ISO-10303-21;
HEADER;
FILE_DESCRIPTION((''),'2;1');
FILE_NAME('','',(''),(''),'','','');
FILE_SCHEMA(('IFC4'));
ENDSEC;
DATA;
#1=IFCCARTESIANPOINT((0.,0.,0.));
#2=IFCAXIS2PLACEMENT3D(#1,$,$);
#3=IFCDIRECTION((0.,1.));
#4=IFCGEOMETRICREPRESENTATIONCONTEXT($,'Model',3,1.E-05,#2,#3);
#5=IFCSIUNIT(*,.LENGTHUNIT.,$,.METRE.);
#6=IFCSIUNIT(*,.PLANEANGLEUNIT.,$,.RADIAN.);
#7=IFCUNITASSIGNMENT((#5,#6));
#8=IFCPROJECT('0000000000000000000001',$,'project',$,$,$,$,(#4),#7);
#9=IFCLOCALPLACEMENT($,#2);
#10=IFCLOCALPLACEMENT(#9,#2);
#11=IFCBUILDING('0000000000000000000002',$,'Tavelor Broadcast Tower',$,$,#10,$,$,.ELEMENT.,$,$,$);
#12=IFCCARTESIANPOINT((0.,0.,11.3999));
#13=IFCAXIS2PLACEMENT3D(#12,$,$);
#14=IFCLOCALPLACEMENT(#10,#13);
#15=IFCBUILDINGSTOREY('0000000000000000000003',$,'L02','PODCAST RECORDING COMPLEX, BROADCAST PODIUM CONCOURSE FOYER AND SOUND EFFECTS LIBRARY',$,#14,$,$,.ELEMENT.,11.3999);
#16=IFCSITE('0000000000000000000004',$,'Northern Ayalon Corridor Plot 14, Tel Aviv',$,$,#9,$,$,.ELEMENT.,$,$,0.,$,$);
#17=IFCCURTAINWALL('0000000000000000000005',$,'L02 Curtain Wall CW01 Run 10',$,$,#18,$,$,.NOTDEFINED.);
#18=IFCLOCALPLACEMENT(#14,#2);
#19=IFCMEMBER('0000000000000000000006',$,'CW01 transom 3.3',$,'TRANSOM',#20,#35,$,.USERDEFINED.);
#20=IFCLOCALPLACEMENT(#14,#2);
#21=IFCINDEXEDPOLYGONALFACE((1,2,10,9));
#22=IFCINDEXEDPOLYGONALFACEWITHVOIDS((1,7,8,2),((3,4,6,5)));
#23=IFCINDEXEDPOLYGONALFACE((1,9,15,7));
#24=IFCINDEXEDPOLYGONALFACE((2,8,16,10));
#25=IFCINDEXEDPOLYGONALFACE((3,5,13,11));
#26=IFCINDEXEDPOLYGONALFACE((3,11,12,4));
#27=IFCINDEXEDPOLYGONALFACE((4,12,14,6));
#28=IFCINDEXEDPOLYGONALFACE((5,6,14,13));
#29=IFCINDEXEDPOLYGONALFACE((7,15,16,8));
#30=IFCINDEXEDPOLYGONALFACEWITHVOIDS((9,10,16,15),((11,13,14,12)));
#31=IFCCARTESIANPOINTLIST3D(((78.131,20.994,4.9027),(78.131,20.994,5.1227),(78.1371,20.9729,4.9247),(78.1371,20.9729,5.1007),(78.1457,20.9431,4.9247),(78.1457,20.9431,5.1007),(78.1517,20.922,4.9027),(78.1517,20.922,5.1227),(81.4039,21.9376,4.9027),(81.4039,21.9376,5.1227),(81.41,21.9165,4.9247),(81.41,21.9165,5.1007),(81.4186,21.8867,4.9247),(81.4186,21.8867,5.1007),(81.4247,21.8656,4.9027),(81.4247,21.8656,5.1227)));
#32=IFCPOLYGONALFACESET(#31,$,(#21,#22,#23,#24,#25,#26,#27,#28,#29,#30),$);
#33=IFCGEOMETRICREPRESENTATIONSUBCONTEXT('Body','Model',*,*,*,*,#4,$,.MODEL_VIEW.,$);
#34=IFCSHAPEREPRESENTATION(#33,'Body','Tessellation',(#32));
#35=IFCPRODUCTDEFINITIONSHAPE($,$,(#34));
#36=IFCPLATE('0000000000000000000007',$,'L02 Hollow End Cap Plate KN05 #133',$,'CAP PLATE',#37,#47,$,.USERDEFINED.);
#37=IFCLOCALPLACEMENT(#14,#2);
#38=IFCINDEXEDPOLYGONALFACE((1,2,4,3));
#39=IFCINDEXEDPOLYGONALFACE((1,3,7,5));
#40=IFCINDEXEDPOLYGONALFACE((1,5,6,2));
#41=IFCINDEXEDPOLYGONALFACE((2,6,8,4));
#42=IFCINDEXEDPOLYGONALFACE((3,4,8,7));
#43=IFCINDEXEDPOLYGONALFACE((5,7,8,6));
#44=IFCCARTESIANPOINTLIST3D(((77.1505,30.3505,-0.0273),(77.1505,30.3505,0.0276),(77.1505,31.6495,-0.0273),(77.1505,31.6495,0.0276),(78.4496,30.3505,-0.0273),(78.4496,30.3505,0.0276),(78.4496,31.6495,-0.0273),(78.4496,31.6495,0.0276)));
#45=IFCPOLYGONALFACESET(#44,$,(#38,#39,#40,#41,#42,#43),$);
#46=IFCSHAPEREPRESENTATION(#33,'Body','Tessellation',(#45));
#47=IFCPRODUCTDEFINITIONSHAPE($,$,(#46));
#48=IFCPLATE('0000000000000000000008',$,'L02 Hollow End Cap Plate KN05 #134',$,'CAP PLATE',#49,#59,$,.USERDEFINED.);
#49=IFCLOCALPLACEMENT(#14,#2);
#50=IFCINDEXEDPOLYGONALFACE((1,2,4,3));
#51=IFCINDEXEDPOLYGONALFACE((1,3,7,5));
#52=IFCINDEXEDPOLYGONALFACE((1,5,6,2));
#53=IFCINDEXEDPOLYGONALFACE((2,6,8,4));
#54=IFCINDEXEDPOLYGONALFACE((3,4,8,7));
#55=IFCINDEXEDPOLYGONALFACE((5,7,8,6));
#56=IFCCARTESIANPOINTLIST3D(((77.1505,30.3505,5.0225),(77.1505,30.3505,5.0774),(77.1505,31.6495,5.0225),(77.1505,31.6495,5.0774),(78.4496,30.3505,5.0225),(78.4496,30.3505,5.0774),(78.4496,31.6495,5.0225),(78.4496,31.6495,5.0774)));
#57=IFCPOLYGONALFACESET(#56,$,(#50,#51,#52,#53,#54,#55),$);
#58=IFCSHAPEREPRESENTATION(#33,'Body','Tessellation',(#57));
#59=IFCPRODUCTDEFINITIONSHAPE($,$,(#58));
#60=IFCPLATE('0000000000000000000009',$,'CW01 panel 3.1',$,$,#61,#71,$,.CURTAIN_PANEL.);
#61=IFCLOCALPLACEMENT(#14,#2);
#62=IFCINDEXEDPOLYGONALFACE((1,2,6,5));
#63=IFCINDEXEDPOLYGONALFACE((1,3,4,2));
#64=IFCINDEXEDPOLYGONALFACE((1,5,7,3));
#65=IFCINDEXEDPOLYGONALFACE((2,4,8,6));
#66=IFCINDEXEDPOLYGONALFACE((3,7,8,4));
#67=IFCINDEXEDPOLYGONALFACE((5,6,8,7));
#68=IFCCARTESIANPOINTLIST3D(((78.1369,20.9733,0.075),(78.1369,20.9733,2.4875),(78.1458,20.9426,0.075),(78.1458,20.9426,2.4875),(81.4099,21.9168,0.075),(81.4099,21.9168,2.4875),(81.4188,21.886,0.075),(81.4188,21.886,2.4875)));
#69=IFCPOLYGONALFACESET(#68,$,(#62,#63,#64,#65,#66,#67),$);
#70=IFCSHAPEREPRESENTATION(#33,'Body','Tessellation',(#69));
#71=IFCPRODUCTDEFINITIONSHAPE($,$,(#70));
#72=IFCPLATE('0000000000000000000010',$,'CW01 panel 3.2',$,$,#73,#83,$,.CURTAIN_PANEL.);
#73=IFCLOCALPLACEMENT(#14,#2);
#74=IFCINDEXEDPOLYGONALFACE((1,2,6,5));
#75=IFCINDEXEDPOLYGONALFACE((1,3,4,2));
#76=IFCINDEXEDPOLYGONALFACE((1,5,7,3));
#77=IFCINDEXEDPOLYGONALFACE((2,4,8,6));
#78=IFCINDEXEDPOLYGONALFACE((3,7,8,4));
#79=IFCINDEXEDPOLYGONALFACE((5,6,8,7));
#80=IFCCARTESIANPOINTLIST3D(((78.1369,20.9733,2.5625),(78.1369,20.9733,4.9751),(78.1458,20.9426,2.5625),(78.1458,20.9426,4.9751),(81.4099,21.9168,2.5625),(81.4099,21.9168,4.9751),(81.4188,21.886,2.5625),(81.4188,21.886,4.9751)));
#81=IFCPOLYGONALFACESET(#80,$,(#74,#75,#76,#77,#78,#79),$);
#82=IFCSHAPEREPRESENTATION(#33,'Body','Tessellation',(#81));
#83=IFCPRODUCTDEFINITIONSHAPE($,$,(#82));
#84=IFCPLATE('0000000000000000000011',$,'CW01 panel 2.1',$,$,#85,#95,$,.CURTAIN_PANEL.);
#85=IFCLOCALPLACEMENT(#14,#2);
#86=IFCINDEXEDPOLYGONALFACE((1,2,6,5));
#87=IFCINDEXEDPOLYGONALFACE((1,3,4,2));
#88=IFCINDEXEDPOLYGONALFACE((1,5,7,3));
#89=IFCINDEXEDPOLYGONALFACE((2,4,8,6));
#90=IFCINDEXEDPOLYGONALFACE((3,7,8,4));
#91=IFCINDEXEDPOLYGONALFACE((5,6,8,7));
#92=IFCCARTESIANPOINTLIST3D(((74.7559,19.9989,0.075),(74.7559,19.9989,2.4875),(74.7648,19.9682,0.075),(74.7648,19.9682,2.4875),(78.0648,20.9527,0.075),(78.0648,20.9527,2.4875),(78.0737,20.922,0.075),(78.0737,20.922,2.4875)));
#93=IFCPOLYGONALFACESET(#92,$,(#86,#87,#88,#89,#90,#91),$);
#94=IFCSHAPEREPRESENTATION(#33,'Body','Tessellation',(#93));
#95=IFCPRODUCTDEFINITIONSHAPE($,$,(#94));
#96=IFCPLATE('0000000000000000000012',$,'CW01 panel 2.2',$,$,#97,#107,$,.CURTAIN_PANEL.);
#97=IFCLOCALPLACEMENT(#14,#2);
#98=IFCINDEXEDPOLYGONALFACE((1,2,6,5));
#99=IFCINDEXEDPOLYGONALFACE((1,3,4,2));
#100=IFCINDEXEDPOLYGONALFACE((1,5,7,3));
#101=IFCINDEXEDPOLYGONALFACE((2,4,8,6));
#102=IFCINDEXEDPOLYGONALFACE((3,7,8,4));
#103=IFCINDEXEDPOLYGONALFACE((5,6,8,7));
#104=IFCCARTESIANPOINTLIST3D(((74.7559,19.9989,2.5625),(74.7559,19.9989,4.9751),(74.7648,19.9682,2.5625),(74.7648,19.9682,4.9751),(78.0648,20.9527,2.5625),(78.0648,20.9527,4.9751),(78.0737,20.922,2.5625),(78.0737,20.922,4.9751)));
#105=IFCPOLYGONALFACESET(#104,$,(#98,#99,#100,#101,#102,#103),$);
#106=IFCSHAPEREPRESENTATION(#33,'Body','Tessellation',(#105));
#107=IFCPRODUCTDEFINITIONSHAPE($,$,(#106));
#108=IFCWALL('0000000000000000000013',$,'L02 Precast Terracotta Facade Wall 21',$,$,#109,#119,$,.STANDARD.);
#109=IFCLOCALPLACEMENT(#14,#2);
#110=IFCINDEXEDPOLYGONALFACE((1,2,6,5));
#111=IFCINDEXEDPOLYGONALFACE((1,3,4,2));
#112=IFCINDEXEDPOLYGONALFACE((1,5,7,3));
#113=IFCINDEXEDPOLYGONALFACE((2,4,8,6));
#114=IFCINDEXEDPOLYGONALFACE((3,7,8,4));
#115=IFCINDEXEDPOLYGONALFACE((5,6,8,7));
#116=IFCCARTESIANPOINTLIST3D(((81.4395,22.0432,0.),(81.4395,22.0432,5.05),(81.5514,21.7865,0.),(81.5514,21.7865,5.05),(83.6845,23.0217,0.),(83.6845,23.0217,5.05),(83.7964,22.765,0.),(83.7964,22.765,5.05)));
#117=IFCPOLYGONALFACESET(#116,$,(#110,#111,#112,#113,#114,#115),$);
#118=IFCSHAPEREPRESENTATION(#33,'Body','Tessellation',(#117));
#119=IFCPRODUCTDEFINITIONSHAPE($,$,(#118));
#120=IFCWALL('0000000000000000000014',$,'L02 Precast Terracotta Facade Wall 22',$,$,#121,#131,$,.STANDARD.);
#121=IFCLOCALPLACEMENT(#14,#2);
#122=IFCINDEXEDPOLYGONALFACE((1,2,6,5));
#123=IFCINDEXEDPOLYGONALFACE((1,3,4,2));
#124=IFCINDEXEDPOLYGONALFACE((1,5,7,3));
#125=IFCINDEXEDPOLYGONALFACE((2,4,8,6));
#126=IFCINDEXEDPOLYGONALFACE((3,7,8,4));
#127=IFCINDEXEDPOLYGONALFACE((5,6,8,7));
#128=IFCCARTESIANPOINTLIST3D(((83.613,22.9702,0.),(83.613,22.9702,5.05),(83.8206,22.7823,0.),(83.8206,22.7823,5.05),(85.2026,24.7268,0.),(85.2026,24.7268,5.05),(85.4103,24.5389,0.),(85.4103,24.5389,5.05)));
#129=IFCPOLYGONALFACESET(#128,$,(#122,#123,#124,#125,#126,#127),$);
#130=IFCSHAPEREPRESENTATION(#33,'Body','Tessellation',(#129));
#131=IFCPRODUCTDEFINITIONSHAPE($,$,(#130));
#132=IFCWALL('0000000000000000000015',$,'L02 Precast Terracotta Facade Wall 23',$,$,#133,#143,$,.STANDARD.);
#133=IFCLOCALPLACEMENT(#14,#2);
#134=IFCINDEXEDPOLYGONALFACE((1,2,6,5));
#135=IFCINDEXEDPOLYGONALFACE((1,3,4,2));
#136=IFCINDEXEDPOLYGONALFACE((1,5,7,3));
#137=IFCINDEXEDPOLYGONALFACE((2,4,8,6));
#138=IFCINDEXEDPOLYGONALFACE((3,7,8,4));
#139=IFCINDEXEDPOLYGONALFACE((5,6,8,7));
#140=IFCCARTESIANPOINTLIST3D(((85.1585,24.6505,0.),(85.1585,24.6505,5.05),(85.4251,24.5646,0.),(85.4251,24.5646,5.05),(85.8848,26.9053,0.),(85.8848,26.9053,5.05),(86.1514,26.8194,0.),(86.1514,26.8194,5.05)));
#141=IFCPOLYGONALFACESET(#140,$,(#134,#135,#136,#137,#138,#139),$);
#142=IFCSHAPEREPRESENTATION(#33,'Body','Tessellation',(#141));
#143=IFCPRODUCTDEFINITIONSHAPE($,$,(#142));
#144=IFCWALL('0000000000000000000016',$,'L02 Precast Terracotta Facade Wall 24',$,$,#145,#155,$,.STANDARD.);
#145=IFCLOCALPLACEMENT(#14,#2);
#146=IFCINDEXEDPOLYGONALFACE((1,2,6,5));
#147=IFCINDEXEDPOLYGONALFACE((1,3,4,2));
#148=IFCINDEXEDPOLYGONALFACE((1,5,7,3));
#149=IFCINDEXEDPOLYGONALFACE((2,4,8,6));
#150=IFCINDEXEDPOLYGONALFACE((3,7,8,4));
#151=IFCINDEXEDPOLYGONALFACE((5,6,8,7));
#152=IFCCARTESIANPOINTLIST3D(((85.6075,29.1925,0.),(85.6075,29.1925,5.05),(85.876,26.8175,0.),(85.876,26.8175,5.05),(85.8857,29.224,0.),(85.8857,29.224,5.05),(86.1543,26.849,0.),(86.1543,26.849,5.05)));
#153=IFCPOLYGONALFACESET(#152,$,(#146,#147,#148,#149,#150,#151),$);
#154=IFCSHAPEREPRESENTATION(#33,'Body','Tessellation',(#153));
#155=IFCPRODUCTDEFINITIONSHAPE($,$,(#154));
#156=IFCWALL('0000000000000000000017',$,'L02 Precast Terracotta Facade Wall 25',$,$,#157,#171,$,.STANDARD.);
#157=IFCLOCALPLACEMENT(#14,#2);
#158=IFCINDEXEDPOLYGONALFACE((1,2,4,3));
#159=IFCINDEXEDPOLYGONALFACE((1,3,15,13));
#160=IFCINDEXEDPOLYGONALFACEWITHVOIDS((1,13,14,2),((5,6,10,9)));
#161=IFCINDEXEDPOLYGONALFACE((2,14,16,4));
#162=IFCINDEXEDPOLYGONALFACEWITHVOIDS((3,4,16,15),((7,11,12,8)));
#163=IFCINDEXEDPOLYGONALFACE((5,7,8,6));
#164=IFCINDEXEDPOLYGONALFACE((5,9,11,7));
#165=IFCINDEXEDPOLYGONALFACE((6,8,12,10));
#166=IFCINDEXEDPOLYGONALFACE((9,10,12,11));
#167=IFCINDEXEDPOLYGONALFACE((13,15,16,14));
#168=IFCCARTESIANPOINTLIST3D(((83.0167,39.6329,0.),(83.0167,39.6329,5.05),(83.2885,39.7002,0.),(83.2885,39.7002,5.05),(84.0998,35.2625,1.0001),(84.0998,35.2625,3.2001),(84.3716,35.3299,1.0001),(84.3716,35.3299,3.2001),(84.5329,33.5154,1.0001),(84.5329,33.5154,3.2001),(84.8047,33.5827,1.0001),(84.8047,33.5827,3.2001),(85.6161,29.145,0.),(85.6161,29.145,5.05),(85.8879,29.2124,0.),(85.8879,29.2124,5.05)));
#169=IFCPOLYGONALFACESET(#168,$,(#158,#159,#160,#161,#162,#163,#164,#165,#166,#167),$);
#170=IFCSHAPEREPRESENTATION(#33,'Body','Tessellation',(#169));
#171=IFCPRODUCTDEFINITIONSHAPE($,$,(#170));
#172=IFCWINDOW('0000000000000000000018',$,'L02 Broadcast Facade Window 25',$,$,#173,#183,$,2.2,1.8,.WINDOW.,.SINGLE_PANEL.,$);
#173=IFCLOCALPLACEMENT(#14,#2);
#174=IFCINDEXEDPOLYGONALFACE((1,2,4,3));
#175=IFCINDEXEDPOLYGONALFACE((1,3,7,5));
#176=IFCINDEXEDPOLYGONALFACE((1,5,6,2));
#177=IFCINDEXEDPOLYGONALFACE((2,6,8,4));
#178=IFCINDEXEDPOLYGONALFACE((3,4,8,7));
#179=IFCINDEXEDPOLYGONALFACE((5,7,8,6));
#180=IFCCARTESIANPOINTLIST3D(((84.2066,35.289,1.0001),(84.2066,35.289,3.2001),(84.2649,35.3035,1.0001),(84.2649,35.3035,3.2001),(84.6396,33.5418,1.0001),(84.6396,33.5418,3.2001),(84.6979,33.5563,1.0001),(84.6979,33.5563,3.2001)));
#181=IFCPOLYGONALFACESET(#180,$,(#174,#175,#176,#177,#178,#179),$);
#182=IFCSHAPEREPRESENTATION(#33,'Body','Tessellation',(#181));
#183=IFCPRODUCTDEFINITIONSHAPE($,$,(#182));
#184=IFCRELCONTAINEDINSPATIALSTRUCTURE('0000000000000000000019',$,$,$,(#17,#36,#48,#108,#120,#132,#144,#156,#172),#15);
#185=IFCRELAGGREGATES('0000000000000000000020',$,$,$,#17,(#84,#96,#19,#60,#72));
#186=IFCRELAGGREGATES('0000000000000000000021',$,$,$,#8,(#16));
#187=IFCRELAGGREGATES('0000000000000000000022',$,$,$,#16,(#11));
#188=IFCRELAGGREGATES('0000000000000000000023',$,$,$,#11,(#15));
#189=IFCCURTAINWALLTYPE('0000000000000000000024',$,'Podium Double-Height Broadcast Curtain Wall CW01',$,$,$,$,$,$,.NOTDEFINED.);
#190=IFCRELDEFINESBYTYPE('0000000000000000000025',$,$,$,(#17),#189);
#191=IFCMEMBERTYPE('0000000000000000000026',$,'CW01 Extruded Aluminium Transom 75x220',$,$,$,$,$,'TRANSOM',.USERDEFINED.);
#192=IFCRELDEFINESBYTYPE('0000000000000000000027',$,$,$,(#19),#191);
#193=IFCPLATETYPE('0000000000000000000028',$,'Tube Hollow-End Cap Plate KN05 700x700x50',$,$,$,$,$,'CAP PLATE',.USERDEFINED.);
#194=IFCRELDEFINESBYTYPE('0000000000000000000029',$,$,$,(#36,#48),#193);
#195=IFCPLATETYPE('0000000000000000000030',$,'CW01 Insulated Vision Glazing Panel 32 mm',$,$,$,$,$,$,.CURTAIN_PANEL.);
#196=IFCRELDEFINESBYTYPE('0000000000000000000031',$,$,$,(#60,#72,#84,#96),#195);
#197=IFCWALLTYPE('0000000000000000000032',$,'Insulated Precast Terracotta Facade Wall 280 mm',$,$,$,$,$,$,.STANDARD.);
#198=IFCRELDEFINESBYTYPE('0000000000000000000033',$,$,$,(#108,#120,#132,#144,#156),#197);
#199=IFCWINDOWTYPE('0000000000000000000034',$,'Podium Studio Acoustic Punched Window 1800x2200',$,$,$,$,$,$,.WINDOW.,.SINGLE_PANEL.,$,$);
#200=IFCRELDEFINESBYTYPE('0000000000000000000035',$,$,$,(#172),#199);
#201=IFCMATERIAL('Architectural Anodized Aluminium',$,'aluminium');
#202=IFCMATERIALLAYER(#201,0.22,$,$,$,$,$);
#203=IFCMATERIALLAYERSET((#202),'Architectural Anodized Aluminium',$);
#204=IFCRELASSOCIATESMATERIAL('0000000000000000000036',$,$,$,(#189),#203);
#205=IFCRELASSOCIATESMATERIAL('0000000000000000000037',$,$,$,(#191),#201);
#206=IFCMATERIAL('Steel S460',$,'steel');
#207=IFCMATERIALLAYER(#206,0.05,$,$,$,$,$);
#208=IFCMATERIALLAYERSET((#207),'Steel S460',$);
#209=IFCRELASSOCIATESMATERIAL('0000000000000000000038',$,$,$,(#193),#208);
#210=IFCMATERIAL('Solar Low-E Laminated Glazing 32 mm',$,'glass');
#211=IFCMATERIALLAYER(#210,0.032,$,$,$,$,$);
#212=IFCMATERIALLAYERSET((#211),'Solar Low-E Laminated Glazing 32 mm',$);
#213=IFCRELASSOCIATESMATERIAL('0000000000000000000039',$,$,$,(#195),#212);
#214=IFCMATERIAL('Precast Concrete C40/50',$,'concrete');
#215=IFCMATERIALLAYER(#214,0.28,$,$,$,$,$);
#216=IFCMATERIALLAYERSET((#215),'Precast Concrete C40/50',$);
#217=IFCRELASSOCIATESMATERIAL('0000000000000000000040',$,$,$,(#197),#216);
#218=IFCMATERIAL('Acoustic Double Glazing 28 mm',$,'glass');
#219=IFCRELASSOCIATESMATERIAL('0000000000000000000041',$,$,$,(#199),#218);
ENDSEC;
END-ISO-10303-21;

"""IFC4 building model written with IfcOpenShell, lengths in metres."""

from ifc_helpers import new_model, si_unit, direction, frame, frame_2d, origin, origin_2d, place, context, subcontext, project, spatial, rectangle, hollow_rectangle, extrude, source, transform, mapped, material, layer, layer_set, material_profile, profile_set, type_object, type_shapes, element, fill, aggregate, save


model = new_model("IFC4")

# Units and contexts
model_context = context("Model", 3, precision=1e-05, world=origin(), true_north=direction((0.0, 1.0)))
body_context = subcontext(model_context, "Body", "Model", "MODEL_VIEW")
ifc_project = project(units=[si_unit("LENGTHUNIT", "METRE"), si_unit("PLANEANGLEUNIT", "RADIAN")], contexts=[model_context])

# Site, building, storey
site_placement = place(None, origin())
site = spatial("IfcSite", under=ifc_project, at=site_placement, Name="Northern Ayalon Corridor Plot 14, Tel Aviv", CompositionType="ELEMENT", RefElevation=0.0)
building_placement = place(site_placement, origin())
building = spatial("IfcBuilding", under=site, at=building_placement, Name="Tavelor Broadcast Tower", CompositionType="ELEMENT")
storey_placement = place(building_placement, frame((0.0, 0.0, 11.3999)))
storey = spatial("IfcBuildingStorey", under=building, at=storey_placement, Name="L02", Description="PODCAST RECORDING COMPLEX, BROADCAST PODIUM CONCOURSE FOYER AND SOUND EFFECTS LIBRARY", CompositionType="ELEMENT", Elevation=11.3999)

# Shared definitions
ifc_material_1 = material(Name="Steel S460", Category="steel")

# Curtain wall, member
ifc_material_2 = material(Name="Architectural Anodized Aluminium", Category="aluminium")
ifc_layer_1 = layer(ifc_material_2, 0.22)
ifc_layer_set_1 = layer_set([ifc_layer_1], Name="Architectural Anodized Aluminium")
curtain_wall_type = type_object("IfcCurtainWallType", Name="Podium Double-Height Broadcast Curtain Wall CW01", PredefinedType="NOTDEFINED", material=ifc_layer_set_1)
curtain_wall_placement = place(storey_placement, origin())
curtain_wall = element("IfcCurtainWall", 1, at=curtain_wall_placement, inside=storey, type_object=curtain_wall_type, Name="L02 Curtain Wall CW01 Run 10", PredefinedType="NOTDEFINED")
ifc_material_profile_1 = material_profile(ifc_material_2, hollow_rectangle(XDim=0.075, YDim=0.22, WallThickness=0.022, at=origin_2d()), Name="RHS 75x220x22")
ifc_profile_set_1 = profile_set([ifc_material_profile_1], Name="Architectural Anodized Aluminium")
member_type_1 = type_object("IfcMemberType", Name="CW01 Extruded Aluminium Transom 75x220", ElementType="TRANSOM", PredefinedType="USERDEFINED", material=ifc_profile_set_1)
shared_shape_1 = source(origin(), body_context, "Body", "SweptSolid", [
    extrude(hollow_rectangle(XDim=0.075, YDim=0.22, WallThickness=0.022, at=origin_2d()), origin(), (0.0, 0.0, 1.0), 3.4062),
])
type_shapes(member_type_1, [shared_shape_1])
member_1_placement = place(storey_placement, frame((78.1414, 20.958, 5.0127), z_axis=(0.960864, 0.277021, 0.0), x_axis=(-0.277021, 0.960864, 0.0)))
member_1 = element("IfcMember", 2, at=member_1_placement, type_object=member_type_1, Name="CW01 transom 3.3", ObjectType="TRANSOM", PredefinedType="USERDEFINED", context=body_context, shape_type="MappedRepresentation", body=[
    mapped(shared_shape_1, transform((0.0, 0.0, 0.0), scale=1.0)),
])

# Plates
ifc_layer_2 = layer(ifc_material_1, 0.05)
ifc_layer_set_2 = layer_set([ifc_layer_2], Name="Steel S460")
plate_type_1 = type_object("IfcPlateType", Name="Tube Hollow-End Cap Plate KN05 700x700x50", ElementType="CAP PLATE", PredefinedType="USERDEFINED", material=ifc_layer_set_2)
shared_shape_2 = source(origin(), body_context, "Body", "SweptSolid", [
    extrude(rectangle(XDim=1.2991, YDim=1.2991, at=origin_2d()), origin(), (0.0, 0.0, 1.0), 0.0549),
])
type_shapes(plate_type_1, [shared_shape_2])
for number, where, z_axis, x_axis, name in (
    (3, (77.8, 31.0, -0.0273), (0.0, 0.0, 1.0), (1.0, 0.0, 0.0), "L02 Hollow End Cap Plate KN05 #133"),
    (4, (77.8, 31.0, 5.0225), (0.0, 0.0, 1.0), (1.0, 0.0, 0.0), "L02 Hollow End Cap Plate KN05 #134"),
):
    element("IfcPlate", number, at=place(storey_placement, frame(where, z_axis=z_axis, x_axis=x_axis)), inside=storey, type_object=plate_type_1, Name=name, ObjectType="CAP PLATE", PredefinedType="USERDEFINED", context=body_context, shape_type="MappedRepresentation", body=[
        mapped(shared_shape_2, transform((0.0, 0.0, 0.0), scale=1.0)),
    ])

# Plates
ifc_material_3 = material(Name="Solar Low-E Laminated Glazing 32 mm", Category="glass")
ifc_layer_3 = layer(ifc_material_3, 0.032)
ifc_layer_set_3 = layer_set([ifc_layer_3], Name="Solar Low-E Laminated Glazing 32 mm")
plate_type_2 = type_object("IfcPlateType", Name="CW01 Insulated Vision Glazing Panel 32 mm", PredefinedType="CURTAIN_PANEL", material=ifc_layer_set_3)
shared_shape_3 = source(origin(), body_context, "Body", "SweptSolid", [
    extrude(rectangle(XDim=3.4062, YDim=0.032, at=origin_2d()), origin(), (0.0, 0.0, 1.0), 2.4126),
])
plate_1_placement = place(storey_placement, frame((79.7778, 21.4297, 0.075), z_axis=(0.0, 0.0, 1.0), x_axis=(0.960876, 0.276977, 0.0)))
plate_1 = element("IfcPlate", 5, at=plate_1_placement, type_object=plate_type_2, Name="CW01 panel 3.1", PredefinedType="CURTAIN_PANEL", context=body_context, shape_type="MappedRepresentation", body=[
    mapped(shared_shape_3, transform((0.0, 0.0, 0.0), scale=1.0)),
])
plate_2_placement = place(storey_placement, frame((79.7778, 21.4297, 2.5625), z_axis=(0.0, 0.0, 1.0), x_axis=(0.960876, 0.276977, 0.0)))
plate_2 = element("IfcPlate", 6, at=plate_2_placement, type_object=plate_type_2, Name="CW01 panel 3.2", PredefinedType="CURTAIN_PANEL", context=body_context, shape_type="MappedRepresentation", body=[
    mapped(shared_shape_3, transform((0.0, 0.0, 0.0), scale=1.0)),
])
shared_shape_4 = source(origin(), body_context, "Body", "SweptSolid", [
    extrude(rectangle(XDim=3.4436, YDim=0.032, at=origin_2d()), origin(), (0.0, 0.0, 1.0), 2.4126),
])
type_shapes(plate_type_2, [shared_shape_3, shared_shape_4])
plate_3_placement = place(storey_placement, frame((76.4148, 20.4604, 0.075), z_axis=(0.0, 0.0, 1.0), x_axis=(0.960876, 0.276977, 0.0)))
plate_3 = element("IfcPlate", 7, at=plate_3_placement, type_object=plate_type_2, Name="CW01 panel 2.1", PredefinedType="CURTAIN_PANEL", context=body_context, shape_type="MappedRepresentation", body=[
    mapped(shared_shape_4, transform((0.0, 0.0, 0.0), scale=1.0)),
])
plate_4_placement = place(storey_placement, frame((76.4148, 20.4604, 2.5625), z_axis=(0.0, 0.0, 1.0), x_axis=(0.960876, 0.276977, 0.0)))
plate_4 = element("IfcPlate", 8, at=plate_4_placement, type_object=plate_type_2, Name="CW01 panel 2.2", PredefinedType="CURTAIN_PANEL", context=body_context, shape_type="MappedRepresentation", body=[
    mapped(shared_shape_4, transform((0.0, 0.0, 0.0), scale=1.0)),
])
aggregate(curtain_wall, [plate_3, plate_4, member_1, plate_1, plate_2])

# Walls
ifc_material_4 = material(Name="Precast Concrete C40/50", Category="concrete")
ifc_layer_4 = layer(ifc_material_4, 0.28)
ifc_layer_set_4 = layer_set([ifc_layer_4], Name="Precast Concrete C40/50")
wall_type = type_object("IfcWallType", Name="Insulated Precast Terracotta Facade Wall 280 mm", PredefinedType="STANDARD", material=ifc_layer_set_4)
wall_1_placement = place(storey_placement, frame((81.4954, 21.9148, 0.0), z_axis=(0.0, 0.0, 1.0), x_axis=(0.916715, 0.399542, 0.0)))
element("IfcWall", 9, at=wall_1_placement, inside=storey, type_object=wall_type, Name="L02 Precast Terracotta Facade Wall 21", PredefinedType="STANDARD", context=body_context, shape_type="SweptSolid", body=[
    extrude(rectangle(XDim=2.449, YDim=0.28, at=frame_2d((1.2246, 0.0))), origin(), (0.0, 0.0, 1.0), 5.05),
])
wall_2_placement = place(storey_placement, frame((83.7168, 22.8762, 0.0), z_axis=(0.0, 0.0, 1.0), x_axis=(0.670983, 0.741472, 0.0)))
element("IfcWall", 10, at=wall_2_placement, inside=storey, type_object=wall_type, Name="L02 Precast Terracotta Facade Wall 22", PredefinedType="STANDARD", context=body_context, shape_type="SweptSolid", body=[
    extrude(rectangle(XDim=2.3691, YDim=0.28, at=frame_2d((1.1846, 0.0))), origin(), (0.0, 0.0, 1.0), 5.05),
])
wall_3_placement = place(storey_placement, frame((85.2917, 24.6074, 0.0), z_axis=(0.0, 0.0, 1.0), x_axis=(0.306596, 0.95184, 0.0)))
element("IfcWall", 11, at=wall_3_placement, inside=storey, type_object=wall_type, Name="L02 Precast Terracotta Facade Wall 23", PredefinedType="STANDARD", context=body_context, shape_type="SweptSolid", body=[
    extrude(rectangle(XDim=2.3689, YDim=0.28, at=frame_2d((1.1846, 0.0))), origin(), (0.0, 0.0, 1.0), 5.05),
])
wall_4_placement = place(storey_placement, frame((86.0151, 26.8333, 0.0), z_axis=(0.0, 0.0, 1.0), x_axis=(-0.11236, 0.993668, 0.0)))
element("IfcWall", 12, at=wall_4_placement, inside=storey, type_object=wall_type, Name="L02 Precast Terracotta Facade Wall 24", PredefinedType="STANDARD", context=body_context, shape_type="SweptSolid", body=[
    extrude(rectangle(XDim=2.3901, YDim=0.28, at=frame_2d((1.1951, 0.0))), origin(), (0.0, 0.0, 1.0), 5.05),
])

# Wall, opening, window
wall_5_placement = place(storey_placement, frame((85.752, 29.1787, 0.0), z_axis=(0.0, 0.0, 1.0), x_axis=(-0.240568, 0.970632, 0.0)))
wall_5 = element("IfcWall", 13, at=wall_5_placement, inside=storey, type_object=wall_type, Name="L02 Precast Terracotta Facade Wall 25", PredefinedType="STANDARD", context=body_context, shape_type="SweptSolid", body=[
    extrude(rectangle(XDim=10.8052, YDim=0.28, at=frame_2d((5.4026, 0.0))), origin(), (0.0, 0.0, 1.0), 5.05),
])
opening_placement = place(wall_5_placement, frame((4.5027, 0.0, 1.0)))
opening = element("IfcOpeningElement", 14, at=opening_placement, cuts=wall_5, PredefinedType="OPENING", context=body_context, shape_type="SweptSolid", body=[
    extrude(rectangle(XDim=1.8, YDim=2.2, at=frame_2d((0.8999, 1.1001))), frame((0.0, 0.1499, 0.0), z_axis=(0.0, -1.0, 0.0), x_axis=(1.0, 0.0, 0.0)), (0.0, 0.0, 1.0), 0.3),
])
ifc_material_5 = material(Name="Acoustic Double Glazing 28 mm", Category="glass")
window_type = type_object("IfcWindowType", Name="Podium Studio Acoustic Punched Window 1800x2200", PartitioningType="SINGLE_PANEL", PredefinedType="WINDOW", material=ifc_material_5)
window_placement = place(opening_placement, origin())
window = element("IfcWindow", 15, at=window_placement, inside=storey, type_object=window_type, Name="L02 Broadcast Facade Window 25", OverallHeight=2.2, OverallWidth=1.8, PartitioningType="SINGLE_PANEL", PredefinedType="WINDOW", context=body_context, shape_type="SweptSolid", body=[
    extrude(rectangle(XDim=1.8, YDim=2.2, at=frame_2d((0.8999, 1.1001))), frame((0.0, 0.03, 0.0), z_axis=(0.0, -1.0, 0.0), x_axis=(1.0, 0.0, 0.0)), (0.0, 0.0, 1.0), 0.0601),
])
fill(opening, window)

save(model, "model.ifc")
